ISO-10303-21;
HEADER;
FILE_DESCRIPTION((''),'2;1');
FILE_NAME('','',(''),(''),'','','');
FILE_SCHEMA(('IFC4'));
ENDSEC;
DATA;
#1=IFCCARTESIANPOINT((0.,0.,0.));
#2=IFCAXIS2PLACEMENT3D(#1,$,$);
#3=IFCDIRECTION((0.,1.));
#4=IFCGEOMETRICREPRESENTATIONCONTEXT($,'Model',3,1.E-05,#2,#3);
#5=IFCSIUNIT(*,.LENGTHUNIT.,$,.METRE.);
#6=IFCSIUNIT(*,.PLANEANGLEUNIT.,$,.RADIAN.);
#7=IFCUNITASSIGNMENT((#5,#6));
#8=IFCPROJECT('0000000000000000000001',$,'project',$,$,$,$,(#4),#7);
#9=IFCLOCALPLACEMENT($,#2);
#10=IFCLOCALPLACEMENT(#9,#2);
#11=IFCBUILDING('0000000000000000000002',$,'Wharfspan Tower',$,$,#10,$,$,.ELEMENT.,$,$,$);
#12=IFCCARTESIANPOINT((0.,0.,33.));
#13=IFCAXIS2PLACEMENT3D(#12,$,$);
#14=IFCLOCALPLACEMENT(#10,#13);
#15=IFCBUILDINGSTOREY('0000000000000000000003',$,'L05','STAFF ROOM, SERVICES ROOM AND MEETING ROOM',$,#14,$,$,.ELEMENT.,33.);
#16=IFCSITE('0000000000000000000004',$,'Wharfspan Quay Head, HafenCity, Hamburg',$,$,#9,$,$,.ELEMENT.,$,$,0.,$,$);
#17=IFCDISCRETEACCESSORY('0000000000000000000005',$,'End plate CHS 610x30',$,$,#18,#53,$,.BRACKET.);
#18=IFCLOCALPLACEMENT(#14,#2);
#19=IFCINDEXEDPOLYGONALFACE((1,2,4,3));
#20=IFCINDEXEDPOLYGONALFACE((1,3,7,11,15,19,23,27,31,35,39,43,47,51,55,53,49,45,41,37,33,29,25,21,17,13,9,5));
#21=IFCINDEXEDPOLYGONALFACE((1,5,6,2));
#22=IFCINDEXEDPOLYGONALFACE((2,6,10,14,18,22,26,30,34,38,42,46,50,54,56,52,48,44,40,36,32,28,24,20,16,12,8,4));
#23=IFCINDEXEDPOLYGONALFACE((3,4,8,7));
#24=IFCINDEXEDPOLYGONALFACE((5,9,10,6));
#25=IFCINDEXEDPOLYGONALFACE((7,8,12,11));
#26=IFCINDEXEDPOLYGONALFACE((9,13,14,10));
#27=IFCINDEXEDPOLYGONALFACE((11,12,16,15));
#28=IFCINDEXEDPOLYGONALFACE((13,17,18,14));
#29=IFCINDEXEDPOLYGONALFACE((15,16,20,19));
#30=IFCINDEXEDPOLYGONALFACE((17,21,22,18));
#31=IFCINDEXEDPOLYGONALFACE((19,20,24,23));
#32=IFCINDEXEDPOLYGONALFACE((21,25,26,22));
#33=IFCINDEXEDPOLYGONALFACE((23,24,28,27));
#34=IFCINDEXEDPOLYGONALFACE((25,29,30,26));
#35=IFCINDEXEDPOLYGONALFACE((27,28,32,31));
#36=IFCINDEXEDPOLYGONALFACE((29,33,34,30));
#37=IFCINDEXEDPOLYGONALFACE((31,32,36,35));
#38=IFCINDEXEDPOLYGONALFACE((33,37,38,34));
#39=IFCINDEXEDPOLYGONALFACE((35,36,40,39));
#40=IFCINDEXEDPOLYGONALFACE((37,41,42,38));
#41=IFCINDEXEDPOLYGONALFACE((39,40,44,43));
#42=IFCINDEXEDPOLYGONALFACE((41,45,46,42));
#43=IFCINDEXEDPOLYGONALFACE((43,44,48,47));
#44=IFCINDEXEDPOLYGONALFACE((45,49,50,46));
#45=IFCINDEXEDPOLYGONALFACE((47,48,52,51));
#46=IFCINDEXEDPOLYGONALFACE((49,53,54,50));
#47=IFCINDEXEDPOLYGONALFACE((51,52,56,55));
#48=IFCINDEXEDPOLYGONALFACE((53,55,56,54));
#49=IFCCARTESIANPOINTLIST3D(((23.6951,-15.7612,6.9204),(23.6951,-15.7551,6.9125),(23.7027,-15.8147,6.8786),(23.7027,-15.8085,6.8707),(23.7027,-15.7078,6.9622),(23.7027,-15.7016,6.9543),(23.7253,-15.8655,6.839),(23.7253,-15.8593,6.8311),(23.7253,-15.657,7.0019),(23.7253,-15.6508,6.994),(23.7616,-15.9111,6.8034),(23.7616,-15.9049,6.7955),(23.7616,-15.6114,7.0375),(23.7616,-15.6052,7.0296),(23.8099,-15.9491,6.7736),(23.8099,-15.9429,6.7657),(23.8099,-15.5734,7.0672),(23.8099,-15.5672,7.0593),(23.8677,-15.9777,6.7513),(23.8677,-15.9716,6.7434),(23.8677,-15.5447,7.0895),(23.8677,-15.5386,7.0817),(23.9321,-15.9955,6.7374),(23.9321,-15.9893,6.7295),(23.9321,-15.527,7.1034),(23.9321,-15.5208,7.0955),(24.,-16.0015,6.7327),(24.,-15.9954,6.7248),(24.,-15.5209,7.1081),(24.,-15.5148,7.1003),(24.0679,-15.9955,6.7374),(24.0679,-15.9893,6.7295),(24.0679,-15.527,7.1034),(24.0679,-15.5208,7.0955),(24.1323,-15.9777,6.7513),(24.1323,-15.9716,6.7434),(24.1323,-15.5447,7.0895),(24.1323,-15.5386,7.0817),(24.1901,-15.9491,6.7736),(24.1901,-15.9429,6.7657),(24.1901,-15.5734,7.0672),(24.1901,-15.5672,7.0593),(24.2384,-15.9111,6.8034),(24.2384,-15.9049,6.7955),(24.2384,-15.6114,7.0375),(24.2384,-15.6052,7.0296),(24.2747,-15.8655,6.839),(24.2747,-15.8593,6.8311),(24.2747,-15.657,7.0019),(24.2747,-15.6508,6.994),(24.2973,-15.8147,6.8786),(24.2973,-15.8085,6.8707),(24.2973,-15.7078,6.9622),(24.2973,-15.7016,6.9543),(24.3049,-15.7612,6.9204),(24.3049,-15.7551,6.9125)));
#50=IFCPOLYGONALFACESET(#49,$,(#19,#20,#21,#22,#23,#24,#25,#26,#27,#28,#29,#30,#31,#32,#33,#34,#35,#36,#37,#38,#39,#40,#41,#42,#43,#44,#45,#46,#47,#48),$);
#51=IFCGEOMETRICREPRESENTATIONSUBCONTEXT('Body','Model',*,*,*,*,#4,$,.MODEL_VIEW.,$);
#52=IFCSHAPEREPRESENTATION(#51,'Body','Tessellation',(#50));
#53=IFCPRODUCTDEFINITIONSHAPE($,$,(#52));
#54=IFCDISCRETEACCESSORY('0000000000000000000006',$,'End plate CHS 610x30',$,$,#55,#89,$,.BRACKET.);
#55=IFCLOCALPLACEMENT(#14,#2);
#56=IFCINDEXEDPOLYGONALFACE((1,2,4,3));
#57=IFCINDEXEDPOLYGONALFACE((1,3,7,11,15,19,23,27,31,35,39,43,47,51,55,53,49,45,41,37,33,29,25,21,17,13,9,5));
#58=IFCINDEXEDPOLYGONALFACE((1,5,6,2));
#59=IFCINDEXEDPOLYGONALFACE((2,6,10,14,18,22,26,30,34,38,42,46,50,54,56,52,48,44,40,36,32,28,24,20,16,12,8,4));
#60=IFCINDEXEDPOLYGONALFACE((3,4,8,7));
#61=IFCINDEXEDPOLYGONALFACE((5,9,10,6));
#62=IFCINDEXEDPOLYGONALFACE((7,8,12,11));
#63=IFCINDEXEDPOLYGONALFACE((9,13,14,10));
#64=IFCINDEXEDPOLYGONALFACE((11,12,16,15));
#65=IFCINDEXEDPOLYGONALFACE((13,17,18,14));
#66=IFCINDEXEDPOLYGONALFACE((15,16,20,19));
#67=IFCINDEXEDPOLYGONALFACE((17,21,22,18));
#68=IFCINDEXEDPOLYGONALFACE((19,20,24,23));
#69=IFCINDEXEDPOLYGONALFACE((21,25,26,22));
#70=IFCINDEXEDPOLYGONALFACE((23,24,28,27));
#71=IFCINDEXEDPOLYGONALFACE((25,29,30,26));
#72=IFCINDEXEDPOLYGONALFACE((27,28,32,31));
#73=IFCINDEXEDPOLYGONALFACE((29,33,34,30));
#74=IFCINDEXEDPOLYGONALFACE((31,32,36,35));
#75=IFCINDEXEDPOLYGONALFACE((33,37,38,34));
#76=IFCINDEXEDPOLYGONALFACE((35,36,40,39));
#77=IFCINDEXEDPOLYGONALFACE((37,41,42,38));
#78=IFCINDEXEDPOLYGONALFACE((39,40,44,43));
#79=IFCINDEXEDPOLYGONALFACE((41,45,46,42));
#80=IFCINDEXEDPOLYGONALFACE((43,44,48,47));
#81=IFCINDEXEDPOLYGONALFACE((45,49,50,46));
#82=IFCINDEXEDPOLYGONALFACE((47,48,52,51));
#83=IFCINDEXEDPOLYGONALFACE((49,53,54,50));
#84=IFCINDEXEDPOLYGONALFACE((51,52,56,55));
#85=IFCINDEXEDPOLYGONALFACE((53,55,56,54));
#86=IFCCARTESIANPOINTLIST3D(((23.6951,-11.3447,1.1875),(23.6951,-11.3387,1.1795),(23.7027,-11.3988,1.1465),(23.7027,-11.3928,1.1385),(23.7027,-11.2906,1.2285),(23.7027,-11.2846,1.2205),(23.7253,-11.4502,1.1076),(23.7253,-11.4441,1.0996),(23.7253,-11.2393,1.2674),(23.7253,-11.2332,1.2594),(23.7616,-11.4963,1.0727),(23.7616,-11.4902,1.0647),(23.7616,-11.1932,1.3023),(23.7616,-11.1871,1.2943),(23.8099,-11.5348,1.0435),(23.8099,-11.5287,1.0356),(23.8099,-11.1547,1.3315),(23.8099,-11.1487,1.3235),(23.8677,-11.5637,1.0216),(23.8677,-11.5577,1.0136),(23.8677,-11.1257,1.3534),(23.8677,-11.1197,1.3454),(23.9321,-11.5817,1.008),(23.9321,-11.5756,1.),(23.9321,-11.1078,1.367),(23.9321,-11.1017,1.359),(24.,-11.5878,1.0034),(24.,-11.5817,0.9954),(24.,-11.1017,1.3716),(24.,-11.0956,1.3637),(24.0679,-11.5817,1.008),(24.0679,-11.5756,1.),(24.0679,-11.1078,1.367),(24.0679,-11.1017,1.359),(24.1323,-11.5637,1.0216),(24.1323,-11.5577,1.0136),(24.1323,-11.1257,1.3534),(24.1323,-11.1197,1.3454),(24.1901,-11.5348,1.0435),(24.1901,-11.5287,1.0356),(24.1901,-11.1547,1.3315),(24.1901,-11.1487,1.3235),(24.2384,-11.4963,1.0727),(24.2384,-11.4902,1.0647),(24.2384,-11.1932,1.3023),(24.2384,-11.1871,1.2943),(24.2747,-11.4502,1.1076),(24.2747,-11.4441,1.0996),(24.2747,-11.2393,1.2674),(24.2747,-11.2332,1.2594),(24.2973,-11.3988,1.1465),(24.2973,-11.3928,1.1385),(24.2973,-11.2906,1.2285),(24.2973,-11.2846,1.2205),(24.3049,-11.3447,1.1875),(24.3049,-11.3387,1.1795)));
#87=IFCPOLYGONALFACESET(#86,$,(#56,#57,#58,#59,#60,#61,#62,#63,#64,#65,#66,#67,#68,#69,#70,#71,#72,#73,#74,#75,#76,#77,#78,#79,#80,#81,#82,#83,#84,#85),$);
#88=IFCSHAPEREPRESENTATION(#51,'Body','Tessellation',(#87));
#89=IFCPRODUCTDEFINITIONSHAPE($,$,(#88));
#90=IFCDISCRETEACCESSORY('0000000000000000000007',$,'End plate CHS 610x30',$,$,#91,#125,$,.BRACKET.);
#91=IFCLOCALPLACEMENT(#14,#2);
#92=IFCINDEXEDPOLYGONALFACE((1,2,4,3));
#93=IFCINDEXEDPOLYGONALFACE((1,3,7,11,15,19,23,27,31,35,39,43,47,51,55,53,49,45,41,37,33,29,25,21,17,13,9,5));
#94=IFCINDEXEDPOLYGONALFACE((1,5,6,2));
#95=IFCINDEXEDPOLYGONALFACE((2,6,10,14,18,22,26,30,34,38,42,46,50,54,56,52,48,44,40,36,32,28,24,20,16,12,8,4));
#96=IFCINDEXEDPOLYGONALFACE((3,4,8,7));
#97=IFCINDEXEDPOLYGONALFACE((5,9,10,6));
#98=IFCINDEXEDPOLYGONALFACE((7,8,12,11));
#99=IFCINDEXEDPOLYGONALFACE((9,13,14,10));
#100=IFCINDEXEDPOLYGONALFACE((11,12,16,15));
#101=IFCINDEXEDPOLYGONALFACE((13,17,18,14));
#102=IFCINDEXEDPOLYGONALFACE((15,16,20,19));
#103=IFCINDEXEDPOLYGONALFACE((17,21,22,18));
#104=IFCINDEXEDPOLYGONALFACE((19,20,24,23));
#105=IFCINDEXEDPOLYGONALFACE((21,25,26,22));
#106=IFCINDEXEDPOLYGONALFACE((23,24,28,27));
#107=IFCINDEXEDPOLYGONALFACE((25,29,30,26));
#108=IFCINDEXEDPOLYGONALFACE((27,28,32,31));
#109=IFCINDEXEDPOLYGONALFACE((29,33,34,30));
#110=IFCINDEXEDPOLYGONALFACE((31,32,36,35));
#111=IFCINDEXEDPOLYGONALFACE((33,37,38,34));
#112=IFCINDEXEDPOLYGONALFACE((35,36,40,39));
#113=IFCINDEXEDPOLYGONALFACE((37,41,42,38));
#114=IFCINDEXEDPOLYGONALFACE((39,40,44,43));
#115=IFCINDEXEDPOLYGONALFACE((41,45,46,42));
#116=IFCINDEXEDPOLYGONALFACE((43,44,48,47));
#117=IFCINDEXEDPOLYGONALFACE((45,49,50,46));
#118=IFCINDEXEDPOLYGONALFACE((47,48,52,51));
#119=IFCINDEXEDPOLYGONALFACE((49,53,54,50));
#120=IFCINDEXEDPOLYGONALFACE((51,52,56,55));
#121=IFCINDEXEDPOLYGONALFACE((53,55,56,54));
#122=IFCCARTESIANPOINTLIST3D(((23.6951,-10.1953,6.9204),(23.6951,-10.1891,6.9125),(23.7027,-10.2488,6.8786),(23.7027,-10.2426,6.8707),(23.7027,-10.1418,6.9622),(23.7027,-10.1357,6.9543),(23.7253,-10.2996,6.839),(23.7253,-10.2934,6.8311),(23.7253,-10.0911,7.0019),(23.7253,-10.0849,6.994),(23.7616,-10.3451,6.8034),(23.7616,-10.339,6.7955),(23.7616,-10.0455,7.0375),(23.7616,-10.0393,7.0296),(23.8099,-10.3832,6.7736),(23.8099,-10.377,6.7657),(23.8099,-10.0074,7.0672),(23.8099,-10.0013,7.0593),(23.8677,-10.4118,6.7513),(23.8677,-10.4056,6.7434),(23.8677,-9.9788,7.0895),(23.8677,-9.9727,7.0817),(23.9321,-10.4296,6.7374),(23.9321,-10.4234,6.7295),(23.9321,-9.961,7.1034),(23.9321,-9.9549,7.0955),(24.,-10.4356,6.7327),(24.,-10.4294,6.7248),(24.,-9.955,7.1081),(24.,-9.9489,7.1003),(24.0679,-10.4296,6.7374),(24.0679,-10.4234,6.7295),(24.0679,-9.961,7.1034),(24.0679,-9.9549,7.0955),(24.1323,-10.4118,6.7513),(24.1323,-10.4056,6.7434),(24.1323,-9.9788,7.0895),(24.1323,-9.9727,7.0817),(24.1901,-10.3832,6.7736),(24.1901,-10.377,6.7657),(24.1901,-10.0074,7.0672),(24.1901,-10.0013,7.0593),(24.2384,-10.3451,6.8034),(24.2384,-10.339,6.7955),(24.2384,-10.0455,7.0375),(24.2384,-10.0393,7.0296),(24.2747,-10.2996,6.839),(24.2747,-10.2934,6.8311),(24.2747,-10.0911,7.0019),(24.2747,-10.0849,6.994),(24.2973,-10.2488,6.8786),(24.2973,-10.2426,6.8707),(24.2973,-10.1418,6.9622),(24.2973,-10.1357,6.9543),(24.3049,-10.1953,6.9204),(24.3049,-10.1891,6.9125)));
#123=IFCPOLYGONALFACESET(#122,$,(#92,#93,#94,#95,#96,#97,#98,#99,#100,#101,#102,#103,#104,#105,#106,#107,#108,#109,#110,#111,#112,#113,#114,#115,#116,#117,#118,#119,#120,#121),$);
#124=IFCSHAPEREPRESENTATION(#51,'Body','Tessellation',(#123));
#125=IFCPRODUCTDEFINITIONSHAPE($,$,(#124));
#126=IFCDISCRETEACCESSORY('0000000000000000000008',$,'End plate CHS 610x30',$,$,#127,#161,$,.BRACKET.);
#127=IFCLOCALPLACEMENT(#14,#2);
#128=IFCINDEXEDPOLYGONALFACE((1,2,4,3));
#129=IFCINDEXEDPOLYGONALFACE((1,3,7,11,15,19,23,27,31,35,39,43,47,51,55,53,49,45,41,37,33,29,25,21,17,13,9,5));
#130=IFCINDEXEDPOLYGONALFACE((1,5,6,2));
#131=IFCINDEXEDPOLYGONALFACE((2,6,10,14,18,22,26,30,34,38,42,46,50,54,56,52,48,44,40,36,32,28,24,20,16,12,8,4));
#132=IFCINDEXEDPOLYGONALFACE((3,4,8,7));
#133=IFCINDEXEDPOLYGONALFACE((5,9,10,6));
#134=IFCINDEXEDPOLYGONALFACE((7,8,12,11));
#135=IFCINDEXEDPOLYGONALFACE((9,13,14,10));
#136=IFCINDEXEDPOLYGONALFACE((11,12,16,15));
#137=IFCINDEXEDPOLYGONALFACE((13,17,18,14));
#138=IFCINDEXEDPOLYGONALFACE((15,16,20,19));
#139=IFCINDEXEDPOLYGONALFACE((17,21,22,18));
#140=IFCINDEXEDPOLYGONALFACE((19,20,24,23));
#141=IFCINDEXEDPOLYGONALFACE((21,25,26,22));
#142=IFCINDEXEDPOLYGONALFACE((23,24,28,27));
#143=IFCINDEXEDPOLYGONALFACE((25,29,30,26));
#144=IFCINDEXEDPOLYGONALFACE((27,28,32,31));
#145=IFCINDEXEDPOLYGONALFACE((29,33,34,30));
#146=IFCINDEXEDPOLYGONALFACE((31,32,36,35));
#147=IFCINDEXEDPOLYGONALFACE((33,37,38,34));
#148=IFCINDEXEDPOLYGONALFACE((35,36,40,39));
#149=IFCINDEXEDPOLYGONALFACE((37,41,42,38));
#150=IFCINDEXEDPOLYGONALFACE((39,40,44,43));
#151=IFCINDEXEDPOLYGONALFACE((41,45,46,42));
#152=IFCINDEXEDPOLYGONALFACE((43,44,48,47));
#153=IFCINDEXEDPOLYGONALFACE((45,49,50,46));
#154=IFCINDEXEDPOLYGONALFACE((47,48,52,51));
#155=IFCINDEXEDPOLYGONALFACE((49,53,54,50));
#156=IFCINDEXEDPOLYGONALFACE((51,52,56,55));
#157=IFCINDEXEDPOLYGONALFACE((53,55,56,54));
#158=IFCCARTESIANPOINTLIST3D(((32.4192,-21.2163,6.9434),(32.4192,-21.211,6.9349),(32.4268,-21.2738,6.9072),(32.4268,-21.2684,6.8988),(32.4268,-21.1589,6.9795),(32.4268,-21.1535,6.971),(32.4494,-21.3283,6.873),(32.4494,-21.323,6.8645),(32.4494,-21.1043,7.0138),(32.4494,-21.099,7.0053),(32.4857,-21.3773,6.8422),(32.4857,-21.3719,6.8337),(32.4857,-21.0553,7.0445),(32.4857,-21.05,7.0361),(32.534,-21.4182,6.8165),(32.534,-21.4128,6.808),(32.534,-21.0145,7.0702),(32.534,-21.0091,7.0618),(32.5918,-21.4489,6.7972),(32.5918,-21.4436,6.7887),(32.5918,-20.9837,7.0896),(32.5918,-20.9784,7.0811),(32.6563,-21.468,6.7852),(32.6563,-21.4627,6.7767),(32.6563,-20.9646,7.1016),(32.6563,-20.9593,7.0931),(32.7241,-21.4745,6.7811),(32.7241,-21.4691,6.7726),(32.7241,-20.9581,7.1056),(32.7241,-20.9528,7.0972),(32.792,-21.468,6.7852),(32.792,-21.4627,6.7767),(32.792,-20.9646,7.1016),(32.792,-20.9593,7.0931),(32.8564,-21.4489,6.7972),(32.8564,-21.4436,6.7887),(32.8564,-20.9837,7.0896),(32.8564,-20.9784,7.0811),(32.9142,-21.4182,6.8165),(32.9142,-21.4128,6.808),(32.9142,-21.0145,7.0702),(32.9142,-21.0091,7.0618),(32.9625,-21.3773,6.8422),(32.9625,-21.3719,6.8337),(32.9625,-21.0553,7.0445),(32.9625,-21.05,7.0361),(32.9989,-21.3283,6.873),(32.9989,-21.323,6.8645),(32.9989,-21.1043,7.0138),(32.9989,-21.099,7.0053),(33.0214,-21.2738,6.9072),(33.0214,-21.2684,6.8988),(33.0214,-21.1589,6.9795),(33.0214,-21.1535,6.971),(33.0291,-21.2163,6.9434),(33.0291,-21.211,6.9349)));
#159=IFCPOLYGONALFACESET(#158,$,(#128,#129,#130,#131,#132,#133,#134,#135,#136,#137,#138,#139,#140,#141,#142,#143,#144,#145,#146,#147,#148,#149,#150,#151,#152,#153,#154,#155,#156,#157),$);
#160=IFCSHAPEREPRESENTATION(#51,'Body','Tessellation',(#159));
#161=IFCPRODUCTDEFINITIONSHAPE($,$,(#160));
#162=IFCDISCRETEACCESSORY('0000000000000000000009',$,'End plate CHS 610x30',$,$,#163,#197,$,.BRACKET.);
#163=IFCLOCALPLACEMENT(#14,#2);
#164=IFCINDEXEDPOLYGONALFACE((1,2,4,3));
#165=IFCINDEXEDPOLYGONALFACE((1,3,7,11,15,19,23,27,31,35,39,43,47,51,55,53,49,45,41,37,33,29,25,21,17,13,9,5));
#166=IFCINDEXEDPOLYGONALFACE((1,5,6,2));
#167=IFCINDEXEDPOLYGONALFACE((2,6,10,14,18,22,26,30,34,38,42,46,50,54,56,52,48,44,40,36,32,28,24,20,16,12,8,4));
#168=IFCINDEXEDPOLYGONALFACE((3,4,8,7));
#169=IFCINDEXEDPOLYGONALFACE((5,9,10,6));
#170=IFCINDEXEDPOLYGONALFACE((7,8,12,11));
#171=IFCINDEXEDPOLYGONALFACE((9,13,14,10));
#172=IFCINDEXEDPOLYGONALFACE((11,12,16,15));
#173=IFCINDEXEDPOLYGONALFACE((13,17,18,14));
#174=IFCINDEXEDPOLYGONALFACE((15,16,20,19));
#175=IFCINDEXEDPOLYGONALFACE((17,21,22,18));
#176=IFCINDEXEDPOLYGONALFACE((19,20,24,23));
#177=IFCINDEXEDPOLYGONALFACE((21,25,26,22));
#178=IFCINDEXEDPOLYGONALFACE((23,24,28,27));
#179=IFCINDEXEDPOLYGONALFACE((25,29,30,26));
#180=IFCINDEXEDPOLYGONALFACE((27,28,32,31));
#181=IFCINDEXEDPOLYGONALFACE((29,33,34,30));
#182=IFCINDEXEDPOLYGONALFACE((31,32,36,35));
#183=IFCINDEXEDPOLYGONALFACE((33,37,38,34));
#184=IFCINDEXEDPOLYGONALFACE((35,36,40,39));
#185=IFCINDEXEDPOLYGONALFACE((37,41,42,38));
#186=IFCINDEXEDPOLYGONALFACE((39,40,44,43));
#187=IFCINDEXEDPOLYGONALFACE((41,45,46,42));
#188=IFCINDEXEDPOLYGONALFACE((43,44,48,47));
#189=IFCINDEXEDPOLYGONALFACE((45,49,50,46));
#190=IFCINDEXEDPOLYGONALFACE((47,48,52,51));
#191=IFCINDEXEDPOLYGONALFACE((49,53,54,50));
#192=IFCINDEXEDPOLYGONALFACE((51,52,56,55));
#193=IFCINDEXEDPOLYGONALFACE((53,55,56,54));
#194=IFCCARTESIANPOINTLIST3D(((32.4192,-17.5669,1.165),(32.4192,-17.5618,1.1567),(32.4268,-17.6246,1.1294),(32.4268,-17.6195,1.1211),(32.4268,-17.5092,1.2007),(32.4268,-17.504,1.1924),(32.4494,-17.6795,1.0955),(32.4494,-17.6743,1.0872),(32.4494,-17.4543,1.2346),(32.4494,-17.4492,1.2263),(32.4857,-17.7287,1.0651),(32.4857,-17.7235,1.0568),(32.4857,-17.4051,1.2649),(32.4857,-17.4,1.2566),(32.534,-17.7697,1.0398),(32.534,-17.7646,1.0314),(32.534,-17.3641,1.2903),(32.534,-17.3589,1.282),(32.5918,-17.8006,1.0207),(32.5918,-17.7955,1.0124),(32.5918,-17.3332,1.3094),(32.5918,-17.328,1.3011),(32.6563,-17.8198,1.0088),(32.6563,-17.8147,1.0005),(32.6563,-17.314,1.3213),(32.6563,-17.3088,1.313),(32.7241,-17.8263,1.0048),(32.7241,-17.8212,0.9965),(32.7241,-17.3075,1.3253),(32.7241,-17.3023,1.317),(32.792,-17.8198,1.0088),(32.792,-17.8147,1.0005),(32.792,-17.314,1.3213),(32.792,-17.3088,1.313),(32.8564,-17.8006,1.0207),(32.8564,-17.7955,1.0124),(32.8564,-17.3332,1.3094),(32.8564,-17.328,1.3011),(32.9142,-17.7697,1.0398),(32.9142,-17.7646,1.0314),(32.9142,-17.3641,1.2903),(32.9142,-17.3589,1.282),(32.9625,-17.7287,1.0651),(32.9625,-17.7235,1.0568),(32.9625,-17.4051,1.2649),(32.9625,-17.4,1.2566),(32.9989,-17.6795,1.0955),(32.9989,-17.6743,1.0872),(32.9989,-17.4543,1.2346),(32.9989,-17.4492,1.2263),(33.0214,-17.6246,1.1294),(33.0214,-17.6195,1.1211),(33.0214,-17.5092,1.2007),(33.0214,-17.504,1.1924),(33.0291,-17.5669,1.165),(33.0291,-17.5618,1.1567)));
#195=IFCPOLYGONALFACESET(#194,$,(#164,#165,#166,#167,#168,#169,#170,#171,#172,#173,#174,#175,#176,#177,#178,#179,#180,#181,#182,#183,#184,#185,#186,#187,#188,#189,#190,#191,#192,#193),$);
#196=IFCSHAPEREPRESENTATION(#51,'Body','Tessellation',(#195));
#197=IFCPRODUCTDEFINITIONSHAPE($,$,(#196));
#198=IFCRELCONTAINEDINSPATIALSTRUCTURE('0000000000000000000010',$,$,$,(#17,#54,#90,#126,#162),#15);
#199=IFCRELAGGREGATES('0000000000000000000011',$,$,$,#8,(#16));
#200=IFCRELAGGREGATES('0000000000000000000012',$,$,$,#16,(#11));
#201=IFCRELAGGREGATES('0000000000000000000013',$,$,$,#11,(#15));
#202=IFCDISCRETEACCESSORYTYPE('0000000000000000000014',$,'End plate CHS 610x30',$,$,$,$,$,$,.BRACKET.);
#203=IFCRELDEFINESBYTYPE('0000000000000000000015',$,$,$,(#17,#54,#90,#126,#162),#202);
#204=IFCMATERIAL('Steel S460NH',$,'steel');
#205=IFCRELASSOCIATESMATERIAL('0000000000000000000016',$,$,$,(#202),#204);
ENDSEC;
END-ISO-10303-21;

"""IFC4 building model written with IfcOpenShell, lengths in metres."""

from ifc_helpers import new_model, si_unit, direction, frame, origin, origin_2d, place, context, subcontext, project, spatial, circle, extrude, material, material_profile, profile_set, type_object, element, save


model = new_model("IFC4")

# Units and contexts
model_context = context("Model", 3, precision=1e-05, world=origin(), true_north=direction((0.0, 1.0)))
body_context = subcontext(model_context, "Body", "Model", "MODEL_VIEW")
ifc_project = project(units=[si_unit("LENGTHUNIT", "METRE"), si_unit("PLANEANGLEUNIT", "RADIAN")], contexts=[model_context])

# Site, building, storey
site_placement = place(None, origin())
site = spatial("IfcSite", under=ifc_project, at=site_placement, Name="Wharfspan Quay Head, HafenCity, Hamburg", CompositionType="ELEMENT", RefElevation=0.0)
building_placement = place(site_placement, origin())
building = spatial("IfcBuilding", under=site, at=building_placement, Name="Wharfspan Tower", CompositionType="ELEMENT")
storey_placement = place(building_placement, frame((0.0, 0.0, 33.0)))
storey = spatial("IfcBuildingStorey", under=building, at=storey_placement, Name="L05", Description="STAFF ROOM, SERVICES ROOM AND MEETING ROOM", CompositionType="ELEMENT", Elevation=33.0)

# Shared definitions
ifc_material_1 = material(Name="Steel S460NH", Category="steel")

# Discrete accessories
ifc_material_profile_1 = material_profile(ifc_material_1, circle(Radius=0.3049, at=origin_2d()))
ifc_profile_set_1 = profile_set([ifc_material_profile_1], Name="Steel S460NH")
discrete_accessory_type = type_object("IfcDiscreteAccessoryType", Name="End plate CHS 610x30", PredefinedType="BRACKET", material=ifc_profile_set_1)
for number, where, z_axis, x_axis, name in (
    (1, (24.0, -15.7612, 6.9204), (0.0, 0.615644, -0.788024), (-1.0, 0.0, 0.0), "End plate CHS 610x30"),
    (2, (24.0, -11.3447, 1.1875), (0.0, 0.603858, -0.797092), (-1.0, 0.0, 0.0), "End plate CHS 610x30"),
    (3, (24.0, -10.1953, 6.9204), (0.0, 0.615644, -0.788024), (-1.0, 0.0, 0.0), "End plate CHS 610x30"),
    (4, (32.7241, -21.2163, 6.9434), (0.0, 0.532172, -0.846637), (-1.0, 0.0, 0.0), "End plate CHS 610x30"),
):
    element("IfcDiscreteAccessory", number, at=place(storey_placement, frame(where, z_axis=z_axis, x_axis=x_axis)), inside=storey, type_object=discrete_accessory_type, Name=name, PredefinedType="BRACKET", context=body_context, shape_type="SweptSolid", body=[
        extrude(circle(Radius=0.3049, at=origin_2d()), origin(), (0.0, 0.0, 1.0), 0.01),
    ])
discrete_accessory_1_placement = place(storey_placement, frame((32.7241, -17.5669, 1.165), z_axis=(0.0, 0.525493, -0.850798), x_axis=(-1.0, 0.0, 0.0)))
element("IfcDiscreteAccessory", 5, at=discrete_accessory_1_placement, inside=storey, type_object=discrete_accessory_type, Name="End plate CHS 610x30", PredefinedType="BRACKET", context=body_context, shape_type="SweptSolid", body=[
    extrude(circle(Radius=0.3049, at=origin_2d()), origin(), (0.0, 0.0, 1.0), 0.0098),
])

save(model, "model.ifc")
